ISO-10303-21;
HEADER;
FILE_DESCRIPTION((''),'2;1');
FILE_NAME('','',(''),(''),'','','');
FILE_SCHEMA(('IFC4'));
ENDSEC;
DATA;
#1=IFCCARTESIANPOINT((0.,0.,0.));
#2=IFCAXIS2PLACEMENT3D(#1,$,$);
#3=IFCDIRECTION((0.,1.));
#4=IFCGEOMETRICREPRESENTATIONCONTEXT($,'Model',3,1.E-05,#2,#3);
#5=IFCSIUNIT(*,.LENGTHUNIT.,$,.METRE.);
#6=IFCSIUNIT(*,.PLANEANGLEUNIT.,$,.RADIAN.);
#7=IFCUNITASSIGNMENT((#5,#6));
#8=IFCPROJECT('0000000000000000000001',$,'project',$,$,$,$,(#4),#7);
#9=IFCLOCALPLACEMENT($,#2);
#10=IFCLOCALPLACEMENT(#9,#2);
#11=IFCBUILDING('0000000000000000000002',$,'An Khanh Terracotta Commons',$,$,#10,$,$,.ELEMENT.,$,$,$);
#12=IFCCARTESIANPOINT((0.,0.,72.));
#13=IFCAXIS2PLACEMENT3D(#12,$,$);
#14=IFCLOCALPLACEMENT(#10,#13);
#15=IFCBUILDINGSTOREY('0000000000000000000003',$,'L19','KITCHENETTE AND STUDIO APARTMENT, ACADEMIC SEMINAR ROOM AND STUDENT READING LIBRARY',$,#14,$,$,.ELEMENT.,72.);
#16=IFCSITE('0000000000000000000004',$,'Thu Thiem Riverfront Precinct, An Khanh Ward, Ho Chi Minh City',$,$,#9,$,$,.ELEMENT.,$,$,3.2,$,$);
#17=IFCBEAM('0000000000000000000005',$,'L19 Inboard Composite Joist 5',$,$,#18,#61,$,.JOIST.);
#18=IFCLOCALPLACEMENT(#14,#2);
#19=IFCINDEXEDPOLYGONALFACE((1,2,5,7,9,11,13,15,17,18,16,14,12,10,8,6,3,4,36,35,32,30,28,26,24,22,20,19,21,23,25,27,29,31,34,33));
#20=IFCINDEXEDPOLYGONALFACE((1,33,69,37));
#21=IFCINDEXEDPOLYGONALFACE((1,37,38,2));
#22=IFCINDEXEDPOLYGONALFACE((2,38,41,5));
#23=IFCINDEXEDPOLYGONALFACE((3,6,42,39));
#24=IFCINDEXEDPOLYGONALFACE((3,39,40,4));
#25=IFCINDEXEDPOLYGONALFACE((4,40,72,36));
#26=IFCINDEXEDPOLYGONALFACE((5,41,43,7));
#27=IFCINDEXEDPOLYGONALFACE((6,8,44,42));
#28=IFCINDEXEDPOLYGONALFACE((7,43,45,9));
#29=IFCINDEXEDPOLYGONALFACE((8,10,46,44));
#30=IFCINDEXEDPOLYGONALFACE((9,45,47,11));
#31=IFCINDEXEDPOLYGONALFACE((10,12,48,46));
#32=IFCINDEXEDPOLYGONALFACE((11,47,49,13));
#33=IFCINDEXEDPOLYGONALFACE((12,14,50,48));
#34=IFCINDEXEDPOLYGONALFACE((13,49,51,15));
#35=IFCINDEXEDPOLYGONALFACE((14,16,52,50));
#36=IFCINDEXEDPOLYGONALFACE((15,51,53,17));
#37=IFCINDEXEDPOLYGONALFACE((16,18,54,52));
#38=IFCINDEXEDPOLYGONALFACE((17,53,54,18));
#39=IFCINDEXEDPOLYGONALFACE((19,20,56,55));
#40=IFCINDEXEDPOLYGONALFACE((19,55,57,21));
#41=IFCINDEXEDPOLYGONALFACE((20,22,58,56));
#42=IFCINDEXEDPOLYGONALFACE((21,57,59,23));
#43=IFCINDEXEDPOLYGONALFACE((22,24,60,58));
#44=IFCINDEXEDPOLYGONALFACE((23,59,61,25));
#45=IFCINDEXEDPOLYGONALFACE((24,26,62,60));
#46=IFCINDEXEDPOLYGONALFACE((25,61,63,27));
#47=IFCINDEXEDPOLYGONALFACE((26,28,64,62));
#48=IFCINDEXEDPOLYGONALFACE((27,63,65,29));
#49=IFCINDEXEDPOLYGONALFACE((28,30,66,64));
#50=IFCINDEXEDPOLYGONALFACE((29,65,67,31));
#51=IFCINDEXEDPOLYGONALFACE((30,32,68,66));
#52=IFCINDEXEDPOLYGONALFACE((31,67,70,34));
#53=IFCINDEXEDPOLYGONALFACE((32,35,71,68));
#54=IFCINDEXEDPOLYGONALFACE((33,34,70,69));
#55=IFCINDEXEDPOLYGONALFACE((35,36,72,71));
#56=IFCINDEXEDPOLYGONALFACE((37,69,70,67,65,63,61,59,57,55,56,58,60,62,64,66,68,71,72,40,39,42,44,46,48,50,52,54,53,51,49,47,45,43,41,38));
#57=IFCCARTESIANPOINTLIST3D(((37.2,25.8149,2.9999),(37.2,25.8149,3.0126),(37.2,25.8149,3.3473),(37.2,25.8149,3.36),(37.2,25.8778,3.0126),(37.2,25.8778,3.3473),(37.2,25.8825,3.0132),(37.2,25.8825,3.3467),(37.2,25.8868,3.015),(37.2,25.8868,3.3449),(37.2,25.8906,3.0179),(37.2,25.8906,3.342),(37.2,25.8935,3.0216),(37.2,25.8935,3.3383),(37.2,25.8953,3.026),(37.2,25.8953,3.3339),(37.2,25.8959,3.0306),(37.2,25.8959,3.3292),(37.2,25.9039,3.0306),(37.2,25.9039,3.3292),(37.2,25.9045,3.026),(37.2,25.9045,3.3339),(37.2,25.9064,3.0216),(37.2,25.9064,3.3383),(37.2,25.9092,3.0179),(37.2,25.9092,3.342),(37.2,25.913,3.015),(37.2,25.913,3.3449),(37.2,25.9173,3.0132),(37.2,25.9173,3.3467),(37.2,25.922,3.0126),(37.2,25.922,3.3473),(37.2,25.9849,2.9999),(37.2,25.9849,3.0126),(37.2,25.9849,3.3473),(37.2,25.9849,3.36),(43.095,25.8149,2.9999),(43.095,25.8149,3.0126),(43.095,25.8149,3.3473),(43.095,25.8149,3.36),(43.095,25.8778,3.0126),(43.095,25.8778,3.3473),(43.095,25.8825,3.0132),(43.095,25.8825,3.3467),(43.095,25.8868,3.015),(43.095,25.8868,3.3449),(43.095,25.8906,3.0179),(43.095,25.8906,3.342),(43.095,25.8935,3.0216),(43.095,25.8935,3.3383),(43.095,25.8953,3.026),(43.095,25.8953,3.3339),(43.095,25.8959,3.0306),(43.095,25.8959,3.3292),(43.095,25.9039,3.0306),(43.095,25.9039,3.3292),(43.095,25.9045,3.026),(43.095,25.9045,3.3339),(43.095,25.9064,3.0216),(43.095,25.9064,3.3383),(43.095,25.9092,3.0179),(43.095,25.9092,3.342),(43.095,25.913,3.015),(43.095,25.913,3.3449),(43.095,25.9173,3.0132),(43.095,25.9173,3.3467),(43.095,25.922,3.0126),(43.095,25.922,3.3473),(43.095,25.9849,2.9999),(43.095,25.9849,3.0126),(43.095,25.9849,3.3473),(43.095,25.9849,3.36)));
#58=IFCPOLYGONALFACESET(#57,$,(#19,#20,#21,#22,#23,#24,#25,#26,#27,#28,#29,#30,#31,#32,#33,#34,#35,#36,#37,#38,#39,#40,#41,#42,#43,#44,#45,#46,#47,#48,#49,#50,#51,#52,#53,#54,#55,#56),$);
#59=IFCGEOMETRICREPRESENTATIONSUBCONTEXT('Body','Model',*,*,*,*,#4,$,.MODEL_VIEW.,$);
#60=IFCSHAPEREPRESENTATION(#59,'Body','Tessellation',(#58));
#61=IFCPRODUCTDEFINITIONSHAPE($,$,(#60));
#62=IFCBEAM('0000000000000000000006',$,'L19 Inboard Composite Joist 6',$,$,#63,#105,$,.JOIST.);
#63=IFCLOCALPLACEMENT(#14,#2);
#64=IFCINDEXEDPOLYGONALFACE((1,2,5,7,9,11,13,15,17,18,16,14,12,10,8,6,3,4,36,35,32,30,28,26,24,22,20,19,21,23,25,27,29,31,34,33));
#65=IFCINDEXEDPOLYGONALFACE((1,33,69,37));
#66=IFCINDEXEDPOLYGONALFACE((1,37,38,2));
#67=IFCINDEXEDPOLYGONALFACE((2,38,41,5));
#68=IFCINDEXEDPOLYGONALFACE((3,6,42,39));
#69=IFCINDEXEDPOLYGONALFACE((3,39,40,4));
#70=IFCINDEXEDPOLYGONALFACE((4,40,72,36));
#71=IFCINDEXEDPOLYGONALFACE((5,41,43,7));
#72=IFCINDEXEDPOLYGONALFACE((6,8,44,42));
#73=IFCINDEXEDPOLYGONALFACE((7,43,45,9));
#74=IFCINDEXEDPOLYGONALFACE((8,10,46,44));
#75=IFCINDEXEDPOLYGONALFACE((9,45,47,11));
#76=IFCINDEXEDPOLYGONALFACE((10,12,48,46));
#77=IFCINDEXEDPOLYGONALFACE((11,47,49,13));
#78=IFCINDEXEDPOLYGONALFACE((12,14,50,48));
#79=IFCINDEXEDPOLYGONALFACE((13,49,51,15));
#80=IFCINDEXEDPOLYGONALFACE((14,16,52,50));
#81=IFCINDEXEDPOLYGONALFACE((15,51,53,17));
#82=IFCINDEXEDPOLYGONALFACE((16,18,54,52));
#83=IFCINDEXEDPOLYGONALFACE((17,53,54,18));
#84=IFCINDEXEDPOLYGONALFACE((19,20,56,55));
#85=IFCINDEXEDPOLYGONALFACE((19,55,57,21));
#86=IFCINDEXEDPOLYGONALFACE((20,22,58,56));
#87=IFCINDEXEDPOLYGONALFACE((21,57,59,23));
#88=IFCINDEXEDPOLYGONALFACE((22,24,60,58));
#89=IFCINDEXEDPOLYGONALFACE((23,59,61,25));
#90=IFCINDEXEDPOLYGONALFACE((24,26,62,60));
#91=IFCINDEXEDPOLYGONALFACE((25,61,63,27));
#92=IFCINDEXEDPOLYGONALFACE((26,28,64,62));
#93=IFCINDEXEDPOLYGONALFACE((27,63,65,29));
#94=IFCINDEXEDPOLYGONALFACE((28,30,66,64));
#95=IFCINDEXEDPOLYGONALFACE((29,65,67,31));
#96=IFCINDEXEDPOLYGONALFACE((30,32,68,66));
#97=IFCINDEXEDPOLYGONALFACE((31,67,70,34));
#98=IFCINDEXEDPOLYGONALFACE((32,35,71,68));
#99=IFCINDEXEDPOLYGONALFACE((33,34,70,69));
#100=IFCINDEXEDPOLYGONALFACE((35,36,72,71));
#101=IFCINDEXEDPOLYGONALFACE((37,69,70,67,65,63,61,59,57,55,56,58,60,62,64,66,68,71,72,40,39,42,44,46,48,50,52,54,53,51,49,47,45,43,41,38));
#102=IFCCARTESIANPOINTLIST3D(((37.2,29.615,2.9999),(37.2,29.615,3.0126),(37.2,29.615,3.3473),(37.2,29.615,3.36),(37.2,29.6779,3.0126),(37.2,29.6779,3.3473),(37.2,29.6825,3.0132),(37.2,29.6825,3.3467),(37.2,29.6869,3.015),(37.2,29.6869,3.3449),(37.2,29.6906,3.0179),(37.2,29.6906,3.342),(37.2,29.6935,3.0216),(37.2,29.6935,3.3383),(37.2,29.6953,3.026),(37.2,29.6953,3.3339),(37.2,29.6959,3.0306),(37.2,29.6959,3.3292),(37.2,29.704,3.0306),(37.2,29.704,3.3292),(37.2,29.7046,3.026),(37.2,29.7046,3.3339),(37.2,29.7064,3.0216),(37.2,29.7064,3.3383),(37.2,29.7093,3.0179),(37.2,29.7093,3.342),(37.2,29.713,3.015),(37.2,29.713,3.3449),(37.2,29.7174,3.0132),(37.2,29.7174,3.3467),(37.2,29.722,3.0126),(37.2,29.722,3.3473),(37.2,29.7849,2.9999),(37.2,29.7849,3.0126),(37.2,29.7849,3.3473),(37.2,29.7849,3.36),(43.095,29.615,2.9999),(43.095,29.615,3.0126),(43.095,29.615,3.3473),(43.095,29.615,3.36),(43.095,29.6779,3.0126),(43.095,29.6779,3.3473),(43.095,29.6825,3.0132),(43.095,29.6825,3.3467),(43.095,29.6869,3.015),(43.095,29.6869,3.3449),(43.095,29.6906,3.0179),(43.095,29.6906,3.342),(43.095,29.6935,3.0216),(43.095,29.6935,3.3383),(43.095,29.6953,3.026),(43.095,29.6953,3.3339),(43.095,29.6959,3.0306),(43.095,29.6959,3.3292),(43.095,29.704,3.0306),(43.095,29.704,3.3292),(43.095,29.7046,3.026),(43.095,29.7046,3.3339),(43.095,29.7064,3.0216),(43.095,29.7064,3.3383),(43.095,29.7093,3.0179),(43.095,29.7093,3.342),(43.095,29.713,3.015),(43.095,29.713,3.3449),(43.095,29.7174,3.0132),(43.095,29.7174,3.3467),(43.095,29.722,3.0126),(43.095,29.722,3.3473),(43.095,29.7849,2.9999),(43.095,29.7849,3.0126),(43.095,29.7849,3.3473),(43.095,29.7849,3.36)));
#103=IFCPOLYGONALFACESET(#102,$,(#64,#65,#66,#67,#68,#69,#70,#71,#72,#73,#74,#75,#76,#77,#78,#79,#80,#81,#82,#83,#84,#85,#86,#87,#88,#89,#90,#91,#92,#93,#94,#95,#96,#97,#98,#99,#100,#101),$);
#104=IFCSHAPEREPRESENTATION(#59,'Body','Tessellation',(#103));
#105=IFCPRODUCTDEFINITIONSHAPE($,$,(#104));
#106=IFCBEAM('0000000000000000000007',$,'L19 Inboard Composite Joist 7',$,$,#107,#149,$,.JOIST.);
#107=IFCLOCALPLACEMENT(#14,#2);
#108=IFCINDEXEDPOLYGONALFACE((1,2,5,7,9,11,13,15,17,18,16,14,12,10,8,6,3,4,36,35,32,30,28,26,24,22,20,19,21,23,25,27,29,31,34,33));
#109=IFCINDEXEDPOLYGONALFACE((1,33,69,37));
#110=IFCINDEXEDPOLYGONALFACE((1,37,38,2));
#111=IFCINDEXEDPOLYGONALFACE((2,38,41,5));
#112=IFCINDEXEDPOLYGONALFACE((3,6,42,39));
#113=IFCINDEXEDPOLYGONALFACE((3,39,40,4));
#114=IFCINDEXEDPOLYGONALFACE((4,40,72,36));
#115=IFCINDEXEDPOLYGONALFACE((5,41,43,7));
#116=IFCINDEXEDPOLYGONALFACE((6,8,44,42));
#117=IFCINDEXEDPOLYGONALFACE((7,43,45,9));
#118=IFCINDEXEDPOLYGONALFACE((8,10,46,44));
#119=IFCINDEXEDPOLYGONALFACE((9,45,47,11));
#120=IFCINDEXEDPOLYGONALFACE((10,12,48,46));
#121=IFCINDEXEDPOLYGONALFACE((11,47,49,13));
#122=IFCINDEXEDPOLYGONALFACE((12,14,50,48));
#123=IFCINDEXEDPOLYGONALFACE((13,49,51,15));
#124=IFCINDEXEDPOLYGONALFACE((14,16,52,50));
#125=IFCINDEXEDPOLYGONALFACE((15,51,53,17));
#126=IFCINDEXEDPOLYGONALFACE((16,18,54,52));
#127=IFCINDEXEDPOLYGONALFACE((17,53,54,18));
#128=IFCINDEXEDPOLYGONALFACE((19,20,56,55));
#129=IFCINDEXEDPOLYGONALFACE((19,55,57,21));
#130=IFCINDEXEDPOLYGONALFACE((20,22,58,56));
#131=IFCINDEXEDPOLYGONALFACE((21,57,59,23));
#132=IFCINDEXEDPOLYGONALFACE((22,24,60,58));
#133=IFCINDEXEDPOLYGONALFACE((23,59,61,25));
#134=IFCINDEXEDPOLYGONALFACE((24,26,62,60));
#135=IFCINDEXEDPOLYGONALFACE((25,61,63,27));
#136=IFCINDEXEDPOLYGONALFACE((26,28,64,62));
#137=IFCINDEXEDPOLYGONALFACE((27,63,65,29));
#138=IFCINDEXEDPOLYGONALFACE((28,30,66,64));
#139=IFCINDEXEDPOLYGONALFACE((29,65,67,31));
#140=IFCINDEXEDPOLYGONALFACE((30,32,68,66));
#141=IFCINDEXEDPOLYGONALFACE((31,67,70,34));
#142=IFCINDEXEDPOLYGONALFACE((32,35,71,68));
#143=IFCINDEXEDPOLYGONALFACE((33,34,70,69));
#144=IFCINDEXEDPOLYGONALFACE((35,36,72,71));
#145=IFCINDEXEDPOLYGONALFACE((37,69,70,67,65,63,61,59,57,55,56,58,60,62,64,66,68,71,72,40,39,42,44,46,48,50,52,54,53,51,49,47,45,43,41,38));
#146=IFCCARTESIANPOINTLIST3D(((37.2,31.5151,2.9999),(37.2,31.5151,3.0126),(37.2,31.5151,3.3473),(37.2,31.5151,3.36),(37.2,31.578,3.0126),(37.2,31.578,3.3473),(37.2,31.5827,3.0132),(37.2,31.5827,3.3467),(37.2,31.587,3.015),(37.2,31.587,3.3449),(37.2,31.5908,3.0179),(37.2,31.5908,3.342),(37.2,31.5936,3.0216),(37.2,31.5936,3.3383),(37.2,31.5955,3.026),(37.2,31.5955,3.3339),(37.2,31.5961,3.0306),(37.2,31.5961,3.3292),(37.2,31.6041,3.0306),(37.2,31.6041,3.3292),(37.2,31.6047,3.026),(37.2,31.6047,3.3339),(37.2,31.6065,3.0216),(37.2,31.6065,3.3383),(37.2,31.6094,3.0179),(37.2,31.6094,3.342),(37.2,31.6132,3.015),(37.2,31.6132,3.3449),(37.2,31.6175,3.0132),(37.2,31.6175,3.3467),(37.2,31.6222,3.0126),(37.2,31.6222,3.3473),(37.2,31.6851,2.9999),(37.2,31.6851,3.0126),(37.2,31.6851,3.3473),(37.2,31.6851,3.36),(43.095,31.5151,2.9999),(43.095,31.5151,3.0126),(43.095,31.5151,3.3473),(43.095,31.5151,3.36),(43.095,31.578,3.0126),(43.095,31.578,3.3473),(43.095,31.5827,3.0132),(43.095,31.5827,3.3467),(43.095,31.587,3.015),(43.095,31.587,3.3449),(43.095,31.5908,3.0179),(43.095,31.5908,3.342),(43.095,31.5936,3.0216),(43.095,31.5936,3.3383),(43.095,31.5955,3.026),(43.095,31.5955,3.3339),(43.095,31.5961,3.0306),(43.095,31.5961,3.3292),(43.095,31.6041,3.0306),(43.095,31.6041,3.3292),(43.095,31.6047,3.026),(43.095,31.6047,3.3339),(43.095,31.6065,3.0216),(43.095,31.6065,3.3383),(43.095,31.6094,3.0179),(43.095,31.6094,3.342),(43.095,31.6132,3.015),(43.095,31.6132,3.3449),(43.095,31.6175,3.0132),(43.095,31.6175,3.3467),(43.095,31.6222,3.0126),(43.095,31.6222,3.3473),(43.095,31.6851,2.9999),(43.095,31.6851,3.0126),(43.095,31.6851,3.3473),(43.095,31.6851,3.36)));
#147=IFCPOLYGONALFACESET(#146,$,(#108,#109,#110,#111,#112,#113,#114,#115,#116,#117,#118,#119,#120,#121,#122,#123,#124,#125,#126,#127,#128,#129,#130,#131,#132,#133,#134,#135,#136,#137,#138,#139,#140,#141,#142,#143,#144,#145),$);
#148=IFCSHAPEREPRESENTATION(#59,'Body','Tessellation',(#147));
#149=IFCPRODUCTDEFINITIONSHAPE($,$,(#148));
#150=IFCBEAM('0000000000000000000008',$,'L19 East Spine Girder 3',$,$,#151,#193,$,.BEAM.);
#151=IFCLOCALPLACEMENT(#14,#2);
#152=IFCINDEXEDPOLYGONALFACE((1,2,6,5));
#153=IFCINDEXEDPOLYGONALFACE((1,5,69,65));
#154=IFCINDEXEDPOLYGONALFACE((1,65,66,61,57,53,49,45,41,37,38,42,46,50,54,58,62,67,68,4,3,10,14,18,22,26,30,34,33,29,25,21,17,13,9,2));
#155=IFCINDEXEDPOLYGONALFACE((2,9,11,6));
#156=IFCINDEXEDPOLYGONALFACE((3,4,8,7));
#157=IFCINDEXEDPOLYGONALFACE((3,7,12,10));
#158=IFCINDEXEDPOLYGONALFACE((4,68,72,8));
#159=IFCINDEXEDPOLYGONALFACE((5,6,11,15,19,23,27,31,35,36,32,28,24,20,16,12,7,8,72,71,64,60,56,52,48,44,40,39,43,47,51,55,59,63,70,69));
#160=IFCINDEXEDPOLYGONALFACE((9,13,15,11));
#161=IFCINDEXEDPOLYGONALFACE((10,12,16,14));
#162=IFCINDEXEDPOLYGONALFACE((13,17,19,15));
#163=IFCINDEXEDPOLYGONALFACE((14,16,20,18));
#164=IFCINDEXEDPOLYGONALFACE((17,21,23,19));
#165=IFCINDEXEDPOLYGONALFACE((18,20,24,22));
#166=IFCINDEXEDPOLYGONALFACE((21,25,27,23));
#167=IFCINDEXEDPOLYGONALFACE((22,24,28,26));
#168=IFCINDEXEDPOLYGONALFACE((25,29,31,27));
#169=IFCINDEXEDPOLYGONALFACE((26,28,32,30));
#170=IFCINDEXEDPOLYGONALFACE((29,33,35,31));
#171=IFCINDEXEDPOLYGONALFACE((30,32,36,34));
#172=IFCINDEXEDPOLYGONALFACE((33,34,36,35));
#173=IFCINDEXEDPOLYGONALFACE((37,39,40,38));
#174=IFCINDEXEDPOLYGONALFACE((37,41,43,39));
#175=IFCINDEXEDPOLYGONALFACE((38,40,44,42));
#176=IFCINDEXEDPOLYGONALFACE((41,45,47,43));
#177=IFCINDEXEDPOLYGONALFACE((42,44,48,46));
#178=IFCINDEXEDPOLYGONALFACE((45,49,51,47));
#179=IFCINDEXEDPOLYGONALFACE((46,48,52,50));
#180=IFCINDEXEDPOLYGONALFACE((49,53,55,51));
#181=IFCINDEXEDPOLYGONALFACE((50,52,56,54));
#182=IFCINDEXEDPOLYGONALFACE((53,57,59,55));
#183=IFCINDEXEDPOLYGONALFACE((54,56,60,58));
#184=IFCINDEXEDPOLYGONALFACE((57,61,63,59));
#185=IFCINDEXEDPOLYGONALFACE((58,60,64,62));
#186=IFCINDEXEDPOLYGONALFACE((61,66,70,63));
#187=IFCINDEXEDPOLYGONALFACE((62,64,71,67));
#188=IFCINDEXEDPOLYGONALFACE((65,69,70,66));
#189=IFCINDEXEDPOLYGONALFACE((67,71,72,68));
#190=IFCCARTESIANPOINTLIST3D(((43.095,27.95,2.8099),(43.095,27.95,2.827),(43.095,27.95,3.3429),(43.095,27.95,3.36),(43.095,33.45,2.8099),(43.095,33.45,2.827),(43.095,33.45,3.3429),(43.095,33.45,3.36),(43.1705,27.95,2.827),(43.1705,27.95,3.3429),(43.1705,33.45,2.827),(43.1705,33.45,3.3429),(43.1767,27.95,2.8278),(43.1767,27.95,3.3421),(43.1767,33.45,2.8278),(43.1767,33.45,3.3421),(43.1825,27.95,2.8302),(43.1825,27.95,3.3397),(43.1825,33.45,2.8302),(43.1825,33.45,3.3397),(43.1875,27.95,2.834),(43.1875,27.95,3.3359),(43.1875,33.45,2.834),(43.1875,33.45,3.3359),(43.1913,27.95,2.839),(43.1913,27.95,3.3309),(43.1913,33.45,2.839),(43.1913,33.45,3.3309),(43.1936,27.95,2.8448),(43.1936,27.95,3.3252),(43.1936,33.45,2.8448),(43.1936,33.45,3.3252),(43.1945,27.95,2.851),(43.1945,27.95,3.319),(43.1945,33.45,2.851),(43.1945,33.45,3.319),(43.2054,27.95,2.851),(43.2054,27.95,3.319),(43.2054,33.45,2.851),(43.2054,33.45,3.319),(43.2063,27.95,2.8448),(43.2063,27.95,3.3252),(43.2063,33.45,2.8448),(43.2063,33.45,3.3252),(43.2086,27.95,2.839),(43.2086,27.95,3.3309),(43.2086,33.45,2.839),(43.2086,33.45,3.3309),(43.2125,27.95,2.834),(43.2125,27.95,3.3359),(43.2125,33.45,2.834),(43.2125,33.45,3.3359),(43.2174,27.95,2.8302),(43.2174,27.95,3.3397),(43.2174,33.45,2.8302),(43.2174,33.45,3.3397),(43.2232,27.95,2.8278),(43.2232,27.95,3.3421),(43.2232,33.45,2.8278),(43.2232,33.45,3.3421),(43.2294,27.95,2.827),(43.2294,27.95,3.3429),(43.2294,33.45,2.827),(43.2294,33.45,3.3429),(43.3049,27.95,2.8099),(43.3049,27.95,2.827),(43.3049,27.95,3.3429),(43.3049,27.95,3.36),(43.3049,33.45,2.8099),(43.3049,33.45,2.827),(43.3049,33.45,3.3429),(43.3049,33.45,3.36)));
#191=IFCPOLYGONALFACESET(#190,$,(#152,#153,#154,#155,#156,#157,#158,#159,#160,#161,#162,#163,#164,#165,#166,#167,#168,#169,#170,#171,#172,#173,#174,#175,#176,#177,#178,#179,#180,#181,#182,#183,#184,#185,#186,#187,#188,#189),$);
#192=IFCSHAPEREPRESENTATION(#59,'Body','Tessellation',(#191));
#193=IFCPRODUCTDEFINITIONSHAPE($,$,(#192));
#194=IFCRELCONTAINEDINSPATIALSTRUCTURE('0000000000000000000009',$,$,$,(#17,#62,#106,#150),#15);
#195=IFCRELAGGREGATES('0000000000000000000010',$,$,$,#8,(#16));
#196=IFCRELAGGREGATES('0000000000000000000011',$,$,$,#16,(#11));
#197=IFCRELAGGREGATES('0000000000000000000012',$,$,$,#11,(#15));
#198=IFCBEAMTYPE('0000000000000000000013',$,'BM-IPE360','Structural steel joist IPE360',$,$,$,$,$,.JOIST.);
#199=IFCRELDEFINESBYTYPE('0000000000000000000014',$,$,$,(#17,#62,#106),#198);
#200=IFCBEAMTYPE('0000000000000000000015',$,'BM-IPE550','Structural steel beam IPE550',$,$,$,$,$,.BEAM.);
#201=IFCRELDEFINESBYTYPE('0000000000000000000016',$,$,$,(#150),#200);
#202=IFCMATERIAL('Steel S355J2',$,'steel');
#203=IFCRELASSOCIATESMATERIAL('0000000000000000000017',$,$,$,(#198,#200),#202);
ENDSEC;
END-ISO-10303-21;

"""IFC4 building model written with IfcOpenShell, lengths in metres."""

from ifc_helpers import new_model, si_unit, direction, frame, origin, origin_2d, place, context, subcontext, project, spatial, i_section, extrude, material, material_profile, profile_set, type_object, element, save


model = new_model("IFC4")

# Units and contexts
model_context = context("Model", 3, precision=1e-05, world=origin(), true_north=direction((0.0, 1.0)))
body_context = subcontext(model_context, "Body", "Model", "MODEL_VIEW")
ifc_project = project(units=[si_unit("LENGTHUNIT", "METRE"), si_unit("PLANEANGLEUNIT", "RADIAN")], contexts=[model_context])

# Site, building, storey
site_placement = place(None, origin())
site = spatial("IfcSite", under=ifc_project, at=site_placement, Name="Thu Thiem Riverfront Precinct, An Khanh Ward, Ho Chi Minh City", CompositionType="ELEMENT", RefElevation=3.2)
building_placement = place(site_placement, origin())
building = spatial("IfcBuilding", under=site, at=building_placement, Name="An Khanh Terracotta Commons", CompositionType="ELEMENT")
storey_placement = place(building_placement, frame((0.0, 0.0, 72.0)))
storey = spatial("IfcBuildingStorey", under=building, at=storey_placement, Name="L19", Description="KITCHENETTE AND STUDIO APARTMENT, ACADEMIC SEMINAR ROOM AND STUDENT READING LIBRARY", CompositionType="ELEMENT", Elevation=72.0)

# Beams
ifc_material_1 = material(Name="Steel S355J2", Category="steel")
ifc_material_profile_1 = material_profile(ifc_material_1, i_section(OverallWidth=0.1699, OverallDepth=0.3601, WebThickness=0.0081, FlangeThickness=0.0127, FilletRadius=0.0181, at=origin_2d()), Name="IPE360")
ifc_profile_set_1 = profile_set([ifc_material_profile_1], Name="Steel S355J2")
beam_type_1 = type_object("IfcBeamType", Name="BM-IPE360", Description="Structural steel joist IPE360", PredefinedType="JOIST", material=ifc_profile_set_1)
for number, where, z_axis, x_axis, name in (
    (1, (37.2, 25.8999, 3.1799), (1.0, 0.0, 0.0), (0.0, 1.0, 0.0), "L19 Inboard Composite Joist 5"),
    (2, (37.2, 29.7, 3.1799), (1.0, 0.0, 0.0), (0.0, 1.0, 0.0), "L19 Inboard Composite Joist 6"),
    (3, (37.2, 31.6001, 3.1799), (1.0, 0.0, 0.0), (0.0, 1.0, 0.0), "L19 Inboard Composite Joist 7"),
):
    element("IfcBeam", number, at=place(storey_placement, frame(where, z_axis=z_axis, x_axis=x_axis)), inside=storey, type_object=beam_type_1, Name=name, PredefinedType="JOIST", context=body_context, shape_type="SweptSolid", body=[
        extrude(i_section(OverallWidth=0.1699, OverallDepth=0.3601, WebThickness=0.0081, FlangeThickness=0.0127, FilletRadius=0.0181, at=origin_2d()), origin(), (0.0, 0.0, 1.0), 5.895),
    ])
ifc_material_profile_2 = material_profile(ifc_material_1, i_section(OverallWidth=0.21, OverallDepth=0.55, WebThickness=0.011, FlangeThickness=0.0171, FilletRadius=0.0239, at=origin_2d()), Name="IPE550")
ifc_profile_set_2 = profile_set([ifc_material_profile_2], Name="Steel S355J2")
beam_type_2 = type_object("IfcBeamType", Name="BM-IPE550", Description="Structural steel beam IPE550", PredefinedType="BEAM", material=ifc_profile_set_2)
beam_1_placement = place(storey_placement, frame((43.2, 27.95, 3.085), z_axis=(0.0, 1.0, 0.0), x_axis=(-1.0, 0.0, 0.0)))
element("IfcBeam", 4, at=beam_1_placement, inside=storey, type_object=beam_type_2, Name="L19 East Spine Girder 3", PredefinedType="BEAM", context=body_context, shape_type="SweptSolid", body=[
    extrude(i_section(OverallWidth=0.21, OverallDepth=0.55, WebThickness=0.011, FlangeThickness=0.0171, FilletRadius=0.0239, at=origin_2d()), origin(), (0.0, 0.0, 1.0), 5.5),
])

save(model, "model.ifc")
